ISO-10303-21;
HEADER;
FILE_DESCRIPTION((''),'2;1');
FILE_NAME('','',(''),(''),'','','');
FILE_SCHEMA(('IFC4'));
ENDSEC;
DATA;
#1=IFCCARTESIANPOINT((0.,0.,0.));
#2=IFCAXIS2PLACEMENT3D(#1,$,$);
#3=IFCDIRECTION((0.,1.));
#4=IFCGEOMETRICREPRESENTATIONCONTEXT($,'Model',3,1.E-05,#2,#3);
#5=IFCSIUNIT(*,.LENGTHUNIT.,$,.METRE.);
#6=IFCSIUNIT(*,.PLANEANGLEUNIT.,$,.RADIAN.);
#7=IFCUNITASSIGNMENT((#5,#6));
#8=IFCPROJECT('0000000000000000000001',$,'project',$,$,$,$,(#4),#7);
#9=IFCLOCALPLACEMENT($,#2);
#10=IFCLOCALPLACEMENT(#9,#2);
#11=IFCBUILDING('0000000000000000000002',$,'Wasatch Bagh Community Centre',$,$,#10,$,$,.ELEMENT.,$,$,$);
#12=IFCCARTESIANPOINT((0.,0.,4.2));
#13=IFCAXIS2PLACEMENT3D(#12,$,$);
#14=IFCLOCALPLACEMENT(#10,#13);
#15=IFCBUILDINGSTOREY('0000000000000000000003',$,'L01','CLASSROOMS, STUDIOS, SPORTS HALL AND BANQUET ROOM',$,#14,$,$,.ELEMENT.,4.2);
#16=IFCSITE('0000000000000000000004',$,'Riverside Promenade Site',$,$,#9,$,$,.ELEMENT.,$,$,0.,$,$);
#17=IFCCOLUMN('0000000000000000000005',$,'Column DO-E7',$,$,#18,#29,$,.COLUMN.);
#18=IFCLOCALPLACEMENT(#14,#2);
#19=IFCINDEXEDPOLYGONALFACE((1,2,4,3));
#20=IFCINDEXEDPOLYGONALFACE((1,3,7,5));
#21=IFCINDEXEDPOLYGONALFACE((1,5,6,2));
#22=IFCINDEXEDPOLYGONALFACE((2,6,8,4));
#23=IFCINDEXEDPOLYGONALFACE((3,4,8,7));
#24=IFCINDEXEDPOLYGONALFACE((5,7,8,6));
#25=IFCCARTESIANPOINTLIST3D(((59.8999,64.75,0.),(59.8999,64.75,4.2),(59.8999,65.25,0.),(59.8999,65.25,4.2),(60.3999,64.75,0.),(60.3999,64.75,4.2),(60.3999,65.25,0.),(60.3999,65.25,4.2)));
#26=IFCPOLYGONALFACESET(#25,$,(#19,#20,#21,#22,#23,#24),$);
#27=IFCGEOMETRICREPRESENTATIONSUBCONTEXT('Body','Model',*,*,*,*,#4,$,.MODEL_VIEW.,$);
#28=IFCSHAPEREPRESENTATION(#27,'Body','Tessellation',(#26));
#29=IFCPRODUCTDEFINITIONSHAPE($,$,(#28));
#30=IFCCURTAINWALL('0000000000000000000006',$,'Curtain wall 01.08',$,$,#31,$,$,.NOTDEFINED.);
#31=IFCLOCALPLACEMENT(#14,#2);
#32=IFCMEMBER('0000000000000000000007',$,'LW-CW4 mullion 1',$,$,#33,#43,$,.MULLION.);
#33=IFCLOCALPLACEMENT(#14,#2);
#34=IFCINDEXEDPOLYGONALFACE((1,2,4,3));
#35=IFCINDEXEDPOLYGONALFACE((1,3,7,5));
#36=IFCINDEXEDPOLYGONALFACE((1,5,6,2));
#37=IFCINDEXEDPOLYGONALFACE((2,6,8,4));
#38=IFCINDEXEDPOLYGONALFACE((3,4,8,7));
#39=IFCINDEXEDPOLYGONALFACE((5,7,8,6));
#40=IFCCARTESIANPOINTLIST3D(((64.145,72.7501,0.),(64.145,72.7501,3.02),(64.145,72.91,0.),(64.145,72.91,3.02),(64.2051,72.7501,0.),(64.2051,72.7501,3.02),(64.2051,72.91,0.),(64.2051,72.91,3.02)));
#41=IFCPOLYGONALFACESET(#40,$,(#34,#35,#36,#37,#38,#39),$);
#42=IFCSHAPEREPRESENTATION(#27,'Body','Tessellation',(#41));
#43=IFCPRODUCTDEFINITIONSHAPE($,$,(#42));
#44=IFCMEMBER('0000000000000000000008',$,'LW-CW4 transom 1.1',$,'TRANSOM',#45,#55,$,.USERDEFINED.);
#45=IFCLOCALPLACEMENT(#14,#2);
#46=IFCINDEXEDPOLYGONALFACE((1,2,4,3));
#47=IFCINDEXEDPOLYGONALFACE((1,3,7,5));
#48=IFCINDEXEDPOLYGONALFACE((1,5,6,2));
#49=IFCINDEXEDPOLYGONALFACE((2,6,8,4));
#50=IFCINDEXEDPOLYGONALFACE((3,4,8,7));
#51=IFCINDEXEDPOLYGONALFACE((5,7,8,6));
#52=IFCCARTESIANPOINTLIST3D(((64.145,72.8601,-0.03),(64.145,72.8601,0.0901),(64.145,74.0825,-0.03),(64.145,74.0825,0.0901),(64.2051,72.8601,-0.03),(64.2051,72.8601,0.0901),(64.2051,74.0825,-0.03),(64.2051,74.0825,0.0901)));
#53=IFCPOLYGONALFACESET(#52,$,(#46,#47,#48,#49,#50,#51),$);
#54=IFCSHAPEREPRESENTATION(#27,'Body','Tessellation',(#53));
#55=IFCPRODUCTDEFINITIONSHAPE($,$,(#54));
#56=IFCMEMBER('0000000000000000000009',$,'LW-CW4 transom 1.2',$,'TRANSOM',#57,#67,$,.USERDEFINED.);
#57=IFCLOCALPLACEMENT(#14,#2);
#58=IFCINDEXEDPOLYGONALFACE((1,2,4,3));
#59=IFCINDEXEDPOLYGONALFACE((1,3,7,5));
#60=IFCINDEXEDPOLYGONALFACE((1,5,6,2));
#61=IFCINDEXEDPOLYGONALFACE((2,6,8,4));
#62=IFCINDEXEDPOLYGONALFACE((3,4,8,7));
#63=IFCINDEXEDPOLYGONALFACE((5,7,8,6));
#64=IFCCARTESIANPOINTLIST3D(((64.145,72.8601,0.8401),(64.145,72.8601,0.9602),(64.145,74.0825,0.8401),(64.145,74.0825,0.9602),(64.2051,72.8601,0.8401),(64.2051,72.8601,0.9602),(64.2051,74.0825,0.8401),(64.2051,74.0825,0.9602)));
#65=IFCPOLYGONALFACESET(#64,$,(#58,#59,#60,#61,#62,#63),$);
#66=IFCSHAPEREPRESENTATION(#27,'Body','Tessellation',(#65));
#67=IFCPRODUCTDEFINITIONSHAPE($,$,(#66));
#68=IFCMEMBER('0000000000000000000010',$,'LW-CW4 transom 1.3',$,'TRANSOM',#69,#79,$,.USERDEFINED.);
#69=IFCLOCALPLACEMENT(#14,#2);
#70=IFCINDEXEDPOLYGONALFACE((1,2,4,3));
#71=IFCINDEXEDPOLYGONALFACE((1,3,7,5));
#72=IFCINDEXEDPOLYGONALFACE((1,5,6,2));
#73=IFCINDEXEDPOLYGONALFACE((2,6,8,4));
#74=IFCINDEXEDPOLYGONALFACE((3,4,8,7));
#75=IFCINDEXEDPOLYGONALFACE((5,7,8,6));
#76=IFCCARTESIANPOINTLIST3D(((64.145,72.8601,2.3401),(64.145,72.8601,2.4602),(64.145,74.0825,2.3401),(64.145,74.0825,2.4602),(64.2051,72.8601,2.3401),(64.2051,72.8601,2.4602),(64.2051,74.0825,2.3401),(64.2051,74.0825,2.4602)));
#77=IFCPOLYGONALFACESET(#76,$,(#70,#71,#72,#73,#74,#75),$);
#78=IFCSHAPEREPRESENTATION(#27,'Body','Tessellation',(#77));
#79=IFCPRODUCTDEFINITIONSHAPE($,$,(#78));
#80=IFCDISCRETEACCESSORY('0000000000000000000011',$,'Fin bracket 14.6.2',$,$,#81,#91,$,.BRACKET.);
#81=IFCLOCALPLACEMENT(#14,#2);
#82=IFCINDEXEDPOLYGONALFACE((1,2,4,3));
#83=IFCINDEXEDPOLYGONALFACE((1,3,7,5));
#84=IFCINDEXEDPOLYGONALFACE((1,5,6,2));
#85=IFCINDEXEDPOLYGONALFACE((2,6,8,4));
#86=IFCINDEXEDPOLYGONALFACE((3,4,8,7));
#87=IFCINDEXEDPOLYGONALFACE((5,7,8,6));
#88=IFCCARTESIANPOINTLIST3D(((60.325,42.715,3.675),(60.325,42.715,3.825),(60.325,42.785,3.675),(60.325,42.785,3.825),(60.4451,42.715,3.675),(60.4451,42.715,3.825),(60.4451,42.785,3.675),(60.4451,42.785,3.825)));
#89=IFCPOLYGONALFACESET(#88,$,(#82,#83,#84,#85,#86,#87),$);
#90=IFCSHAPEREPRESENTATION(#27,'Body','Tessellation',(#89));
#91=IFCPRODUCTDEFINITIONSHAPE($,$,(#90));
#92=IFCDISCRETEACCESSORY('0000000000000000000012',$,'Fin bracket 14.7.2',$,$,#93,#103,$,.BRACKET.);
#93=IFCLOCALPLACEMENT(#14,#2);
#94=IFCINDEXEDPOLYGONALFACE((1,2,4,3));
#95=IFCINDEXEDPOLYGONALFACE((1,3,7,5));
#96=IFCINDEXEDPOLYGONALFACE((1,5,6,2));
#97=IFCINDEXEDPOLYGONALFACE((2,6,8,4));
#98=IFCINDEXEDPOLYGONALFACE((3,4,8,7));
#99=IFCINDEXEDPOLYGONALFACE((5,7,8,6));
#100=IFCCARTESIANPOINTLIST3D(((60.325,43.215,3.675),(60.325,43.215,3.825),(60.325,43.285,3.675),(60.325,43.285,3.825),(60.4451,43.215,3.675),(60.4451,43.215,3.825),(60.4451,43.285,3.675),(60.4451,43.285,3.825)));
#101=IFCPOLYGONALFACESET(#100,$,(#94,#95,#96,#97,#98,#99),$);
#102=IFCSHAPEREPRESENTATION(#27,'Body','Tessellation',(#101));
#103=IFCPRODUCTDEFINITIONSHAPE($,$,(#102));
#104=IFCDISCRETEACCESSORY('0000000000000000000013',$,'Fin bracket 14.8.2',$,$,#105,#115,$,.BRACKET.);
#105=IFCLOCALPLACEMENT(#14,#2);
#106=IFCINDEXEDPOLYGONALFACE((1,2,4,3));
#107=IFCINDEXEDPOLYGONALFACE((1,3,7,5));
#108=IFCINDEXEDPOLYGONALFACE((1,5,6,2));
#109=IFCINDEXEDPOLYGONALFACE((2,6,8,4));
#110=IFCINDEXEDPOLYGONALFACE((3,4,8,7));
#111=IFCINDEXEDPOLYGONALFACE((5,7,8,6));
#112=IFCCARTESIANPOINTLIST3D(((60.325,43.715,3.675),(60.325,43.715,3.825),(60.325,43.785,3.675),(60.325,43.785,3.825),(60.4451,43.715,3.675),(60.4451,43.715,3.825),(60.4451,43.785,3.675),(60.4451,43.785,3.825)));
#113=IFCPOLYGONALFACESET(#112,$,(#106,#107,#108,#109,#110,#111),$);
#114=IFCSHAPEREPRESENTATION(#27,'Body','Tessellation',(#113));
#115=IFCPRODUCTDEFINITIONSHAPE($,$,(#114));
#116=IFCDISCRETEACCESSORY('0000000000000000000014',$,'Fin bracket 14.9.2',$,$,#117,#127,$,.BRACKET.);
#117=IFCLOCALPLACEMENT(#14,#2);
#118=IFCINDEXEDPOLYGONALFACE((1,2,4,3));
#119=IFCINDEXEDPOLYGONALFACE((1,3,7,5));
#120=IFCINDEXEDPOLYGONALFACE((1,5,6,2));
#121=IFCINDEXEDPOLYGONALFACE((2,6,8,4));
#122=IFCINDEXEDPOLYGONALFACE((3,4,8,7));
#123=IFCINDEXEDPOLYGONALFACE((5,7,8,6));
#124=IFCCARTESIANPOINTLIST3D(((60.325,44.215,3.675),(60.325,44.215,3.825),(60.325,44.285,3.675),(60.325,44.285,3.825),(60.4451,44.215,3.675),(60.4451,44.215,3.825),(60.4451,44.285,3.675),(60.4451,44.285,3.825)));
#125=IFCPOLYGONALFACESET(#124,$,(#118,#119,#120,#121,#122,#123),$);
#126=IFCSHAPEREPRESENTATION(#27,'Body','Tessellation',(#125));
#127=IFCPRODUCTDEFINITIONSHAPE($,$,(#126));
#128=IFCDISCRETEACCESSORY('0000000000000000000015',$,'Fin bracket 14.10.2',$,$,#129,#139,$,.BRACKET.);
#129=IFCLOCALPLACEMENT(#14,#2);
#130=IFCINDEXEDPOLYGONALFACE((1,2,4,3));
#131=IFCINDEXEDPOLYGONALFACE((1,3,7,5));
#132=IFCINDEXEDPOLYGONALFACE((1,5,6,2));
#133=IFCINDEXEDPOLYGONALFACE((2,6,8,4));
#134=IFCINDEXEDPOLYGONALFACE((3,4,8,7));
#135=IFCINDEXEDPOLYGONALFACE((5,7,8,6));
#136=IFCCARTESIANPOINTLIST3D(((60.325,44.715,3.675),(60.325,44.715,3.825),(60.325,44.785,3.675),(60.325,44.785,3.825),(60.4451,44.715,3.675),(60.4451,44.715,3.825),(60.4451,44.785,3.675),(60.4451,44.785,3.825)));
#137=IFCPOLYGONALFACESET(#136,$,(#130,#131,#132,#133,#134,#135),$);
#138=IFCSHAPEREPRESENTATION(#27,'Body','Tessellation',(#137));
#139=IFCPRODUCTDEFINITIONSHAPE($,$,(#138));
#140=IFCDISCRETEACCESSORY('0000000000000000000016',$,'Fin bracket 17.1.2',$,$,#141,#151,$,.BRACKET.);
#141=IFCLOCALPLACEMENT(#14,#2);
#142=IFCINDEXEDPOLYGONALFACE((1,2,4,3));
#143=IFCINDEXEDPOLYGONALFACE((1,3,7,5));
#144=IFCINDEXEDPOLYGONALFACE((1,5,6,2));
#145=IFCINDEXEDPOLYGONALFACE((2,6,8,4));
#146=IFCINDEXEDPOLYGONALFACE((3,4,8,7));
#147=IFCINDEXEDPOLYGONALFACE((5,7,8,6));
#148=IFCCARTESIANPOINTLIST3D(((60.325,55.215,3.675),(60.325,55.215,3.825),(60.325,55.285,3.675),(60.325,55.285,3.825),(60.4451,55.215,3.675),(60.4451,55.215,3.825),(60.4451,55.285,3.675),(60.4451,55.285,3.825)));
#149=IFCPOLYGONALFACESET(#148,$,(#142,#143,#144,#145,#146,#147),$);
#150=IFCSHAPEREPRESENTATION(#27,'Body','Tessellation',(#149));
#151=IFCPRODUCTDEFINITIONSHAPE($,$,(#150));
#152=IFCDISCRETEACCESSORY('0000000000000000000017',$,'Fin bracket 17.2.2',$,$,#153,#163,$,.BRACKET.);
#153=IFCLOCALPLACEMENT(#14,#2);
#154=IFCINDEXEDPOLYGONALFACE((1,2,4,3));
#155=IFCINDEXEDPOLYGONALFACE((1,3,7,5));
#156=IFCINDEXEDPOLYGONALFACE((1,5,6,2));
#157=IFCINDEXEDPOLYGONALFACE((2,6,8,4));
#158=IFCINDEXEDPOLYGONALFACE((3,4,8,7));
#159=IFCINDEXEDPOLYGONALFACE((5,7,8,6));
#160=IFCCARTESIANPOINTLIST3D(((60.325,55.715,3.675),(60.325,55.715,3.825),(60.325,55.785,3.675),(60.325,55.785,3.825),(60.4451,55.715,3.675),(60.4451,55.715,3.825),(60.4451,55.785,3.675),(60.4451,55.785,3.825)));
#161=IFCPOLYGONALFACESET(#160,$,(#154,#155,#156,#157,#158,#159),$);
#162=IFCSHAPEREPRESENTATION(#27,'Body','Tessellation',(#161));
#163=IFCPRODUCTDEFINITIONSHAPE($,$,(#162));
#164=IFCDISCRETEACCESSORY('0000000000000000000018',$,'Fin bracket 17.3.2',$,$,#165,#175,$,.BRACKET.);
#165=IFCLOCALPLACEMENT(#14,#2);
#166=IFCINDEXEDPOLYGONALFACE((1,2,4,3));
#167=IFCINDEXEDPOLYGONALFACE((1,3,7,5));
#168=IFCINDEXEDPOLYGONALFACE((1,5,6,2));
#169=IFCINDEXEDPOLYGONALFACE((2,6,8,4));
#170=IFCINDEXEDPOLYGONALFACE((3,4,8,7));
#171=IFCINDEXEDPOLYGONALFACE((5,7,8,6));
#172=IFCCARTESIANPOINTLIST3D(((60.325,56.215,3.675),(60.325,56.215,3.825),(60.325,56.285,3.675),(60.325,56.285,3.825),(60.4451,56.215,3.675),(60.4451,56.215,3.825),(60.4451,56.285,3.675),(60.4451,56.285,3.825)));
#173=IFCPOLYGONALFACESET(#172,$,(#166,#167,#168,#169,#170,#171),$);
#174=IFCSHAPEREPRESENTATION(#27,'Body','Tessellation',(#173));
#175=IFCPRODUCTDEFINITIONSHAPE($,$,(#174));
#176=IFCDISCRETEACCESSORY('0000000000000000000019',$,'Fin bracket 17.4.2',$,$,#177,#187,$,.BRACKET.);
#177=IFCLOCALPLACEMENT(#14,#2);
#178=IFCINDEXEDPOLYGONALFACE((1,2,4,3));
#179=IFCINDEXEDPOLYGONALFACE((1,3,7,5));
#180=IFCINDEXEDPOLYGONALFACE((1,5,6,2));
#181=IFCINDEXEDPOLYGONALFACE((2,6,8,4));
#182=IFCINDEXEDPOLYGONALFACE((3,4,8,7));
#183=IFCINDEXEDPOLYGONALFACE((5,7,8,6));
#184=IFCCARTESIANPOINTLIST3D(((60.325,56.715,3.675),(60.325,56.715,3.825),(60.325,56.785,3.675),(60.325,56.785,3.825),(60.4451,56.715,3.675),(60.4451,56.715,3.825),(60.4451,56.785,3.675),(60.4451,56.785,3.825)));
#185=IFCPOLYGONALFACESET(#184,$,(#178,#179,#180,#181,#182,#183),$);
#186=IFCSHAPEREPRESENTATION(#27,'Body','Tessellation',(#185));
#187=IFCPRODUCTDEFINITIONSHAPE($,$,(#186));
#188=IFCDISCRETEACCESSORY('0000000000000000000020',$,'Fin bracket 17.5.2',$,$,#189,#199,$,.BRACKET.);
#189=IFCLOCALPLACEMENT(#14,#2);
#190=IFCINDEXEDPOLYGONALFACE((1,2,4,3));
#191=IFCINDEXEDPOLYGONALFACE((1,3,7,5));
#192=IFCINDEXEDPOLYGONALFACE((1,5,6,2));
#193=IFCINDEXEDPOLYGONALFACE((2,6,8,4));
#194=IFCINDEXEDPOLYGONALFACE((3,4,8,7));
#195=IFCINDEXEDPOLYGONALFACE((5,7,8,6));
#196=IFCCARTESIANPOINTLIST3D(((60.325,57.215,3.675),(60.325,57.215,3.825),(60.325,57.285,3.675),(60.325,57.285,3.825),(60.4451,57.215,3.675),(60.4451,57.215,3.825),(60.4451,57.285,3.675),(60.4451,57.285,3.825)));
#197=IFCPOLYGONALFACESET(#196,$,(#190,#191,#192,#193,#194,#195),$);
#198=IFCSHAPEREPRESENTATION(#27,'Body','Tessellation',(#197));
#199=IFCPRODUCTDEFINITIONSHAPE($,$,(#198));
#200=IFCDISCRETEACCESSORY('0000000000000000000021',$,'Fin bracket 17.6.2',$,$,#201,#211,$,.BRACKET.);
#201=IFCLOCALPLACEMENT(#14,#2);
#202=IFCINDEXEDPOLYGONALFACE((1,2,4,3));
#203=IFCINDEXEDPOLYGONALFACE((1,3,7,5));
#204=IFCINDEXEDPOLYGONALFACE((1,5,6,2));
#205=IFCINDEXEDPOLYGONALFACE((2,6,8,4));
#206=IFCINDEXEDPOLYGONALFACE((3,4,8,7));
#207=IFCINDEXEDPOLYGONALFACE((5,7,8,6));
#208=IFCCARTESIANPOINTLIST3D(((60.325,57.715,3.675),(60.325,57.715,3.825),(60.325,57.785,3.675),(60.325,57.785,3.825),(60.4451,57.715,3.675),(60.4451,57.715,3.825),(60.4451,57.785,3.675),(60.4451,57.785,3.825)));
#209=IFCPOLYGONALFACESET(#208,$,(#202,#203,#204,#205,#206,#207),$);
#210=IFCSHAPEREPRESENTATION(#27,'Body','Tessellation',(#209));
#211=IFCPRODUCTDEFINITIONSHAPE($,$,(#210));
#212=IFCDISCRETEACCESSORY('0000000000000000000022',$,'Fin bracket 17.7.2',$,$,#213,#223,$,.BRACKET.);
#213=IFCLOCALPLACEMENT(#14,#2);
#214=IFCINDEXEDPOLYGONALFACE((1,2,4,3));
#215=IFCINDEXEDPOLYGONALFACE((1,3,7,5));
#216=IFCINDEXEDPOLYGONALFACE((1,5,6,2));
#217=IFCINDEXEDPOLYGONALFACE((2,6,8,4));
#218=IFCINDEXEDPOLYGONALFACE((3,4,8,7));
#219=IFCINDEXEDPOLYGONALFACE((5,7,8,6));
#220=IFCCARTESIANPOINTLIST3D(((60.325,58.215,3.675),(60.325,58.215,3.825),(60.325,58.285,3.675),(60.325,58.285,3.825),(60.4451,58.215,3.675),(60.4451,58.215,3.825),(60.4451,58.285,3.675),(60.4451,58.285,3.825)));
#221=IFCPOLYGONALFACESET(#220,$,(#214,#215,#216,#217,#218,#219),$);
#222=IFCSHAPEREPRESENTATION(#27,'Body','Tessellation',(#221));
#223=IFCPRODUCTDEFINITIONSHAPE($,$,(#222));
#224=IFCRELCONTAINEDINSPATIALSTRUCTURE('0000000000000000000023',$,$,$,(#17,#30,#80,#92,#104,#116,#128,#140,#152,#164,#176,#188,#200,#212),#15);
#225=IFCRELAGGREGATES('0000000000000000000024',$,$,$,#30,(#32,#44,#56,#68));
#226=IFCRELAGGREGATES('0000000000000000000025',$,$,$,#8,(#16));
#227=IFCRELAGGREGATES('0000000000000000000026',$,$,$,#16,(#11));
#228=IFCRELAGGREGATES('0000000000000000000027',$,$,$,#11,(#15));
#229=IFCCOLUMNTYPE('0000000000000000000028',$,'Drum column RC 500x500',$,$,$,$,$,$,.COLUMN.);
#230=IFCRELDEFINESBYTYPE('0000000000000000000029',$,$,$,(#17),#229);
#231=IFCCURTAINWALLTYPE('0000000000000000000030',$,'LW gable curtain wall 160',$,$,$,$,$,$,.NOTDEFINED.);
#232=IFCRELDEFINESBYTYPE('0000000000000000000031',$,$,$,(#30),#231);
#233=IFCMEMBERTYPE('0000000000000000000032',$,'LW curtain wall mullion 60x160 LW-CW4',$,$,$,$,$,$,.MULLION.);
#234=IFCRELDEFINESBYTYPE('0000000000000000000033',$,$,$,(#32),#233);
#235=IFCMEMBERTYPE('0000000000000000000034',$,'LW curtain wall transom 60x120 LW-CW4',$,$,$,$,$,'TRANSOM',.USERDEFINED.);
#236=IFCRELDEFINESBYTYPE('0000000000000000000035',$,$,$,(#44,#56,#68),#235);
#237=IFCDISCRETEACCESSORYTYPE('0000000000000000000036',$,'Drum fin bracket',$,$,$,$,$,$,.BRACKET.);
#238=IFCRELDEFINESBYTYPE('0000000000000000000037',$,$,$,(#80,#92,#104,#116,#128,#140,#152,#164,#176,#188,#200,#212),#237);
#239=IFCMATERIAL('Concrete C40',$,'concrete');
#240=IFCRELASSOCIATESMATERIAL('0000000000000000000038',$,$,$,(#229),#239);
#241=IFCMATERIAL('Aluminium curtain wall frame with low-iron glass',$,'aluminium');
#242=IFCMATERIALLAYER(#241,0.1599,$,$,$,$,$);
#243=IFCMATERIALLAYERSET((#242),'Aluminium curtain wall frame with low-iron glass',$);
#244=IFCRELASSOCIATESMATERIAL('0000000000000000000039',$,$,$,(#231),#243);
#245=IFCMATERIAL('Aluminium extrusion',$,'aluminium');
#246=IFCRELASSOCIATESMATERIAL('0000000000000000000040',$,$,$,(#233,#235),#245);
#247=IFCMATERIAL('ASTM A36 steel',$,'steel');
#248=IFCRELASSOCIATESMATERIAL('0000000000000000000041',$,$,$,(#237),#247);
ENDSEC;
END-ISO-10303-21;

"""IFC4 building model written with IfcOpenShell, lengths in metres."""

from ifc_helpers import new_model, si_unit, direction, frame, origin, origin_2d, place, context, subcontext, project, spatial, rectangle, extrude, material, layer, layer_set, material_profile, profile_set, type_object, element, aggregate, save


model = new_model("IFC4")

# Units and contexts
model_context = context("Model", 3, precision=1e-05, world=origin(), true_north=direction((0.0, 1.0)))
body_context = subcontext(model_context, "Body", "Model", "MODEL_VIEW")
ifc_project = project(units=[si_unit("LENGTHUNIT", "METRE"), si_unit("PLANEANGLEUNIT", "RADIAN")], contexts=[model_context])

# Site, building, storey
site_placement = place(None, origin())
site = spatial("IfcSite", under=ifc_project, at=site_placement, Name="Riverside Promenade Site", CompositionType="ELEMENT", RefElevation=0.0)
building_placement = place(site_placement, origin())
building = spatial("IfcBuilding", under=site, at=building_placement, Name="Wasatch Bagh Community Centre", CompositionType="ELEMENT")
storey_placement = place(building_placement, frame((0.0, 0.0, 4.2)))
storey = spatial("IfcBuildingStorey", under=building, at=storey_placement, Name="L01", Description="CLASSROOMS, STUDIOS, SPORTS HALL AND BANQUET ROOM", CompositionType="ELEMENT", Elevation=4.2)

# Column
ifc_material_1 = material(Name="Concrete C40", Category="concrete")
ifc_material_profile_1 = material_profile(ifc_material_1, rectangle(XDim=0.5, YDim=0.5, at=origin_2d()), Name="RC 500x500")
ifc_profile_set_1 = profile_set([ifc_material_profile_1], Name="Concrete C40")
column_type = type_object("IfcColumnType", Name="Drum column RC 500x500", PredefinedType="COLUMN", material=ifc_profile_set_1)
column_placement = place(storey_placement, frame((60.1499, 65.0, 0.0), z_axis=(0.0, 0.0, 1.0), x_axis=(1.0, 0.0, 0.0)))
element("IfcColumn", 1, at=column_placement, inside=storey, type_object=column_type, Name="Column DO-E7", PredefinedType="COLUMN", context=body_context, shape_type="SweptSolid", body=[
    extrude(rectangle(XDim=0.5, YDim=0.5, at=origin_2d()), origin(), (0.0, 0.0, 1.0), 4.2),
])

# Curtain wall, members
ifc_material_2 = material(Name="Aluminium curtain wall frame with low-iron glass", Category="aluminium")
ifc_layer = layer(ifc_material_2, 0.1599)
ifc_layer_set = layer_set([ifc_layer], Name="Aluminium curtain wall frame with low-iron glass")
curtain_wall_type = type_object("IfcCurtainWallType", Name="LW gable curtain wall 160", PredefinedType="NOTDEFINED", material=ifc_layer_set)
curtain_wall_placement = place(storey_placement, origin())
curtain_wall = element("IfcCurtainWall", 2, at=curtain_wall_placement, inside=storey, type_object=curtain_wall_type, Name="Curtain wall 01.08", PredefinedType="NOTDEFINED")
ifc_material_3 = material(Name="Aluminium extrusion", Category="aluminium")
ifc_material_profile_2 = material_profile(ifc_material_3, rectangle(XDim=0.0601, YDim=0.1599, at=origin_2d()), Name="AL 60x160")
ifc_profile_set_2 = profile_set([ifc_material_profile_2], Name="Aluminium extrusion")
member_type_1 = type_object("IfcMemberType", Name="LW curtain wall mullion 60x160 LW-CW4", PredefinedType="MULLION", material=ifc_profile_set_2)
member_1_placement = place(storey_placement, frame((64.175, 72.8301, 0.0), z_axis=(0.0, 0.0, 1.0), x_axis=(-1.0, 0.0, 0.0)))
member_1 = element("IfcMember", 3, at=member_1_placement, type_object=member_type_1, Name="LW-CW4 mullion 1", PredefinedType="MULLION", context=body_context, shape_type="SweptSolid", body=[
    extrude(rectangle(XDim=0.0601, YDim=0.1599, at=origin_2d()), origin(), (0.0, 0.0, 1.0), 3.02),
])
ifc_material_profile_3 = material_profile(ifc_material_3, rectangle(XDim=0.0601, YDim=0.1201, at=origin_2d()), Name="AL 60x120")
ifc_profile_set_3 = profile_set([ifc_material_profile_3], Name="Aluminium extrusion")
member_type_2 = type_object("IfcMemberType", Name="LW curtain wall transom 60x120 LW-CW4", ElementType="TRANSOM", PredefinedType="USERDEFINED", material=ifc_profile_set_3)
member_2_placement = place(storey_placement, frame((64.175, 72.8601, 0.03), z_axis=(0.0, 1.0, 0.0), x_axis=(-1.0, 0.0, 0.0)))
member_2 = element("IfcMember", 4, at=member_2_placement, type_object=member_type_2, Name="LW-CW4 transom 1.1", ObjectType="TRANSOM", PredefinedType="USERDEFINED", context=body_context, shape_type="SweptSolid", body=[
    extrude(rectangle(XDim=0.0601, YDim=0.1201, at=origin_2d()), origin(), (0.0, 0.0, 1.0), 1.2224),
])
member_3_placement = place(storey_placement, frame((64.175, 72.8601, 0.9001), z_axis=(0.0, 1.0, 0.0), x_axis=(-1.0, 0.0, 0.0)))
member_3 = element("IfcMember", 5, at=member_3_placement, type_object=member_type_2, Name="LW-CW4 transom 1.2", ObjectType="TRANSOM", PredefinedType="USERDEFINED", context=body_context, shape_type="SweptSolid", body=[
    extrude(rectangle(XDim=0.0601, YDim=0.1201, at=origin_2d()), origin(), (0.0, 0.0, 1.0), 1.2224),
])
member_4_placement = place(storey_placement, frame((64.175, 72.8601, 2.4001), z_axis=(0.0, 1.0, 0.0), x_axis=(-1.0, 0.0, 0.0)))
member_4 = element("IfcMember", 6, at=member_4_placement, type_object=member_type_2, Name="LW-CW4 transom 1.3", ObjectType="TRANSOM", PredefinedType="USERDEFINED", context=body_context, shape_type="SweptSolid", body=[
    extrude(rectangle(XDim=0.0601, YDim=0.1201, at=origin_2d()), origin(), (0.0, 0.0, 1.0), 1.2224),
])
aggregate(curtain_wall, [member_1, member_2, member_3, member_4])

# Discrete accessories
ifc_material_4 = material(Name="ASTM A36 steel", Category="steel")
discrete_accessory_type = type_object("IfcDiscreteAccessoryType", Name="Drum fin bracket", PredefinedType="BRACKET", material=ifc_material_4)
for number, where, z_axis, x_axis, name in (
    (7, (60.385, 42.75, 3.675), (0.0, 0.0, 1.0), (0.0, 1.0, 0.0), "Fin bracket 14.6.2"),
    (8, (60.385, 43.25, 3.675), (0.0, 0.0, 1.0), (0.0, 1.0, 0.0), "Fin bracket 14.7.2"),
    (9, (60.385, 43.75, 3.675), (0.0, 0.0, 1.0), (0.0, 1.0, 0.0), "Fin bracket 14.8.2"),
    (10, (60.385, 44.25, 3.675), (0.0, 0.0, 1.0), (0.0, 1.0, 0.0), "Fin bracket 14.9.2"),
    (11, (60.385, 44.75, 3.675), (0.0, 0.0, 1.0), (0.0, 1.0, 0.0), "Fin bracket 14.10.2"),
    (12, (60.385, 55.25, 3.675), (0.0, 0.0, 1.0), (0.0, 1.0, 0.0), "Fin bracket 17.1.2"),
    (13, (60.385, 55.75, 3.675), (0.0, 0.0, 1.0), (0.0, 1.0, 0.0), "Fin bracket 17.2.2"),
    (14, (60.385, 56.25, 3.675), (0.0, 0.0, 1.0), (0.0, 1.0, 0.0), "Fin bracket 17.3.2"),
    (15, (60.385, 56.75, 3.675), (0.0, 0.0, 1.0), (0.0, 1.0, 0.0), "Fin bracket 17.4.2"),
    (16, (60.385, 57.25, 3.675), (0.0, 0.0, 1.0), (0.0, 1.0, 0.0), "Fin bracket 17.5.2"),
    (17, (60.385, 57.75, 3.675), (0.0, 0.0, 1.0), (0.0, 1.0, 0.0), "Fin bracket 17.6.2"),
    (18, (60.385, 58.25, 3.675), (0.0, 0.0, 1.0), (0.0, 1.0, 0.0), "Fin bracket 17.7.2"),
):
    element("IfcDiscreteAccessory", number, at=place(storey_placement, frame(where, z_axis=z_axis, x_axis=x_axis)), inside=storey, type_object=discrete_accessory_type, Name=name, PredefinedType="BRACKET", context=body_context, shape_type="SweptSolid", body=[
        extrude(rectangle(XDim=0.0701, YDim=0.1201, at=origin_2d()), origin(), (0.0, 0.0, 1.0), 0.1499),
    ])

save(model, "model.ifc")
